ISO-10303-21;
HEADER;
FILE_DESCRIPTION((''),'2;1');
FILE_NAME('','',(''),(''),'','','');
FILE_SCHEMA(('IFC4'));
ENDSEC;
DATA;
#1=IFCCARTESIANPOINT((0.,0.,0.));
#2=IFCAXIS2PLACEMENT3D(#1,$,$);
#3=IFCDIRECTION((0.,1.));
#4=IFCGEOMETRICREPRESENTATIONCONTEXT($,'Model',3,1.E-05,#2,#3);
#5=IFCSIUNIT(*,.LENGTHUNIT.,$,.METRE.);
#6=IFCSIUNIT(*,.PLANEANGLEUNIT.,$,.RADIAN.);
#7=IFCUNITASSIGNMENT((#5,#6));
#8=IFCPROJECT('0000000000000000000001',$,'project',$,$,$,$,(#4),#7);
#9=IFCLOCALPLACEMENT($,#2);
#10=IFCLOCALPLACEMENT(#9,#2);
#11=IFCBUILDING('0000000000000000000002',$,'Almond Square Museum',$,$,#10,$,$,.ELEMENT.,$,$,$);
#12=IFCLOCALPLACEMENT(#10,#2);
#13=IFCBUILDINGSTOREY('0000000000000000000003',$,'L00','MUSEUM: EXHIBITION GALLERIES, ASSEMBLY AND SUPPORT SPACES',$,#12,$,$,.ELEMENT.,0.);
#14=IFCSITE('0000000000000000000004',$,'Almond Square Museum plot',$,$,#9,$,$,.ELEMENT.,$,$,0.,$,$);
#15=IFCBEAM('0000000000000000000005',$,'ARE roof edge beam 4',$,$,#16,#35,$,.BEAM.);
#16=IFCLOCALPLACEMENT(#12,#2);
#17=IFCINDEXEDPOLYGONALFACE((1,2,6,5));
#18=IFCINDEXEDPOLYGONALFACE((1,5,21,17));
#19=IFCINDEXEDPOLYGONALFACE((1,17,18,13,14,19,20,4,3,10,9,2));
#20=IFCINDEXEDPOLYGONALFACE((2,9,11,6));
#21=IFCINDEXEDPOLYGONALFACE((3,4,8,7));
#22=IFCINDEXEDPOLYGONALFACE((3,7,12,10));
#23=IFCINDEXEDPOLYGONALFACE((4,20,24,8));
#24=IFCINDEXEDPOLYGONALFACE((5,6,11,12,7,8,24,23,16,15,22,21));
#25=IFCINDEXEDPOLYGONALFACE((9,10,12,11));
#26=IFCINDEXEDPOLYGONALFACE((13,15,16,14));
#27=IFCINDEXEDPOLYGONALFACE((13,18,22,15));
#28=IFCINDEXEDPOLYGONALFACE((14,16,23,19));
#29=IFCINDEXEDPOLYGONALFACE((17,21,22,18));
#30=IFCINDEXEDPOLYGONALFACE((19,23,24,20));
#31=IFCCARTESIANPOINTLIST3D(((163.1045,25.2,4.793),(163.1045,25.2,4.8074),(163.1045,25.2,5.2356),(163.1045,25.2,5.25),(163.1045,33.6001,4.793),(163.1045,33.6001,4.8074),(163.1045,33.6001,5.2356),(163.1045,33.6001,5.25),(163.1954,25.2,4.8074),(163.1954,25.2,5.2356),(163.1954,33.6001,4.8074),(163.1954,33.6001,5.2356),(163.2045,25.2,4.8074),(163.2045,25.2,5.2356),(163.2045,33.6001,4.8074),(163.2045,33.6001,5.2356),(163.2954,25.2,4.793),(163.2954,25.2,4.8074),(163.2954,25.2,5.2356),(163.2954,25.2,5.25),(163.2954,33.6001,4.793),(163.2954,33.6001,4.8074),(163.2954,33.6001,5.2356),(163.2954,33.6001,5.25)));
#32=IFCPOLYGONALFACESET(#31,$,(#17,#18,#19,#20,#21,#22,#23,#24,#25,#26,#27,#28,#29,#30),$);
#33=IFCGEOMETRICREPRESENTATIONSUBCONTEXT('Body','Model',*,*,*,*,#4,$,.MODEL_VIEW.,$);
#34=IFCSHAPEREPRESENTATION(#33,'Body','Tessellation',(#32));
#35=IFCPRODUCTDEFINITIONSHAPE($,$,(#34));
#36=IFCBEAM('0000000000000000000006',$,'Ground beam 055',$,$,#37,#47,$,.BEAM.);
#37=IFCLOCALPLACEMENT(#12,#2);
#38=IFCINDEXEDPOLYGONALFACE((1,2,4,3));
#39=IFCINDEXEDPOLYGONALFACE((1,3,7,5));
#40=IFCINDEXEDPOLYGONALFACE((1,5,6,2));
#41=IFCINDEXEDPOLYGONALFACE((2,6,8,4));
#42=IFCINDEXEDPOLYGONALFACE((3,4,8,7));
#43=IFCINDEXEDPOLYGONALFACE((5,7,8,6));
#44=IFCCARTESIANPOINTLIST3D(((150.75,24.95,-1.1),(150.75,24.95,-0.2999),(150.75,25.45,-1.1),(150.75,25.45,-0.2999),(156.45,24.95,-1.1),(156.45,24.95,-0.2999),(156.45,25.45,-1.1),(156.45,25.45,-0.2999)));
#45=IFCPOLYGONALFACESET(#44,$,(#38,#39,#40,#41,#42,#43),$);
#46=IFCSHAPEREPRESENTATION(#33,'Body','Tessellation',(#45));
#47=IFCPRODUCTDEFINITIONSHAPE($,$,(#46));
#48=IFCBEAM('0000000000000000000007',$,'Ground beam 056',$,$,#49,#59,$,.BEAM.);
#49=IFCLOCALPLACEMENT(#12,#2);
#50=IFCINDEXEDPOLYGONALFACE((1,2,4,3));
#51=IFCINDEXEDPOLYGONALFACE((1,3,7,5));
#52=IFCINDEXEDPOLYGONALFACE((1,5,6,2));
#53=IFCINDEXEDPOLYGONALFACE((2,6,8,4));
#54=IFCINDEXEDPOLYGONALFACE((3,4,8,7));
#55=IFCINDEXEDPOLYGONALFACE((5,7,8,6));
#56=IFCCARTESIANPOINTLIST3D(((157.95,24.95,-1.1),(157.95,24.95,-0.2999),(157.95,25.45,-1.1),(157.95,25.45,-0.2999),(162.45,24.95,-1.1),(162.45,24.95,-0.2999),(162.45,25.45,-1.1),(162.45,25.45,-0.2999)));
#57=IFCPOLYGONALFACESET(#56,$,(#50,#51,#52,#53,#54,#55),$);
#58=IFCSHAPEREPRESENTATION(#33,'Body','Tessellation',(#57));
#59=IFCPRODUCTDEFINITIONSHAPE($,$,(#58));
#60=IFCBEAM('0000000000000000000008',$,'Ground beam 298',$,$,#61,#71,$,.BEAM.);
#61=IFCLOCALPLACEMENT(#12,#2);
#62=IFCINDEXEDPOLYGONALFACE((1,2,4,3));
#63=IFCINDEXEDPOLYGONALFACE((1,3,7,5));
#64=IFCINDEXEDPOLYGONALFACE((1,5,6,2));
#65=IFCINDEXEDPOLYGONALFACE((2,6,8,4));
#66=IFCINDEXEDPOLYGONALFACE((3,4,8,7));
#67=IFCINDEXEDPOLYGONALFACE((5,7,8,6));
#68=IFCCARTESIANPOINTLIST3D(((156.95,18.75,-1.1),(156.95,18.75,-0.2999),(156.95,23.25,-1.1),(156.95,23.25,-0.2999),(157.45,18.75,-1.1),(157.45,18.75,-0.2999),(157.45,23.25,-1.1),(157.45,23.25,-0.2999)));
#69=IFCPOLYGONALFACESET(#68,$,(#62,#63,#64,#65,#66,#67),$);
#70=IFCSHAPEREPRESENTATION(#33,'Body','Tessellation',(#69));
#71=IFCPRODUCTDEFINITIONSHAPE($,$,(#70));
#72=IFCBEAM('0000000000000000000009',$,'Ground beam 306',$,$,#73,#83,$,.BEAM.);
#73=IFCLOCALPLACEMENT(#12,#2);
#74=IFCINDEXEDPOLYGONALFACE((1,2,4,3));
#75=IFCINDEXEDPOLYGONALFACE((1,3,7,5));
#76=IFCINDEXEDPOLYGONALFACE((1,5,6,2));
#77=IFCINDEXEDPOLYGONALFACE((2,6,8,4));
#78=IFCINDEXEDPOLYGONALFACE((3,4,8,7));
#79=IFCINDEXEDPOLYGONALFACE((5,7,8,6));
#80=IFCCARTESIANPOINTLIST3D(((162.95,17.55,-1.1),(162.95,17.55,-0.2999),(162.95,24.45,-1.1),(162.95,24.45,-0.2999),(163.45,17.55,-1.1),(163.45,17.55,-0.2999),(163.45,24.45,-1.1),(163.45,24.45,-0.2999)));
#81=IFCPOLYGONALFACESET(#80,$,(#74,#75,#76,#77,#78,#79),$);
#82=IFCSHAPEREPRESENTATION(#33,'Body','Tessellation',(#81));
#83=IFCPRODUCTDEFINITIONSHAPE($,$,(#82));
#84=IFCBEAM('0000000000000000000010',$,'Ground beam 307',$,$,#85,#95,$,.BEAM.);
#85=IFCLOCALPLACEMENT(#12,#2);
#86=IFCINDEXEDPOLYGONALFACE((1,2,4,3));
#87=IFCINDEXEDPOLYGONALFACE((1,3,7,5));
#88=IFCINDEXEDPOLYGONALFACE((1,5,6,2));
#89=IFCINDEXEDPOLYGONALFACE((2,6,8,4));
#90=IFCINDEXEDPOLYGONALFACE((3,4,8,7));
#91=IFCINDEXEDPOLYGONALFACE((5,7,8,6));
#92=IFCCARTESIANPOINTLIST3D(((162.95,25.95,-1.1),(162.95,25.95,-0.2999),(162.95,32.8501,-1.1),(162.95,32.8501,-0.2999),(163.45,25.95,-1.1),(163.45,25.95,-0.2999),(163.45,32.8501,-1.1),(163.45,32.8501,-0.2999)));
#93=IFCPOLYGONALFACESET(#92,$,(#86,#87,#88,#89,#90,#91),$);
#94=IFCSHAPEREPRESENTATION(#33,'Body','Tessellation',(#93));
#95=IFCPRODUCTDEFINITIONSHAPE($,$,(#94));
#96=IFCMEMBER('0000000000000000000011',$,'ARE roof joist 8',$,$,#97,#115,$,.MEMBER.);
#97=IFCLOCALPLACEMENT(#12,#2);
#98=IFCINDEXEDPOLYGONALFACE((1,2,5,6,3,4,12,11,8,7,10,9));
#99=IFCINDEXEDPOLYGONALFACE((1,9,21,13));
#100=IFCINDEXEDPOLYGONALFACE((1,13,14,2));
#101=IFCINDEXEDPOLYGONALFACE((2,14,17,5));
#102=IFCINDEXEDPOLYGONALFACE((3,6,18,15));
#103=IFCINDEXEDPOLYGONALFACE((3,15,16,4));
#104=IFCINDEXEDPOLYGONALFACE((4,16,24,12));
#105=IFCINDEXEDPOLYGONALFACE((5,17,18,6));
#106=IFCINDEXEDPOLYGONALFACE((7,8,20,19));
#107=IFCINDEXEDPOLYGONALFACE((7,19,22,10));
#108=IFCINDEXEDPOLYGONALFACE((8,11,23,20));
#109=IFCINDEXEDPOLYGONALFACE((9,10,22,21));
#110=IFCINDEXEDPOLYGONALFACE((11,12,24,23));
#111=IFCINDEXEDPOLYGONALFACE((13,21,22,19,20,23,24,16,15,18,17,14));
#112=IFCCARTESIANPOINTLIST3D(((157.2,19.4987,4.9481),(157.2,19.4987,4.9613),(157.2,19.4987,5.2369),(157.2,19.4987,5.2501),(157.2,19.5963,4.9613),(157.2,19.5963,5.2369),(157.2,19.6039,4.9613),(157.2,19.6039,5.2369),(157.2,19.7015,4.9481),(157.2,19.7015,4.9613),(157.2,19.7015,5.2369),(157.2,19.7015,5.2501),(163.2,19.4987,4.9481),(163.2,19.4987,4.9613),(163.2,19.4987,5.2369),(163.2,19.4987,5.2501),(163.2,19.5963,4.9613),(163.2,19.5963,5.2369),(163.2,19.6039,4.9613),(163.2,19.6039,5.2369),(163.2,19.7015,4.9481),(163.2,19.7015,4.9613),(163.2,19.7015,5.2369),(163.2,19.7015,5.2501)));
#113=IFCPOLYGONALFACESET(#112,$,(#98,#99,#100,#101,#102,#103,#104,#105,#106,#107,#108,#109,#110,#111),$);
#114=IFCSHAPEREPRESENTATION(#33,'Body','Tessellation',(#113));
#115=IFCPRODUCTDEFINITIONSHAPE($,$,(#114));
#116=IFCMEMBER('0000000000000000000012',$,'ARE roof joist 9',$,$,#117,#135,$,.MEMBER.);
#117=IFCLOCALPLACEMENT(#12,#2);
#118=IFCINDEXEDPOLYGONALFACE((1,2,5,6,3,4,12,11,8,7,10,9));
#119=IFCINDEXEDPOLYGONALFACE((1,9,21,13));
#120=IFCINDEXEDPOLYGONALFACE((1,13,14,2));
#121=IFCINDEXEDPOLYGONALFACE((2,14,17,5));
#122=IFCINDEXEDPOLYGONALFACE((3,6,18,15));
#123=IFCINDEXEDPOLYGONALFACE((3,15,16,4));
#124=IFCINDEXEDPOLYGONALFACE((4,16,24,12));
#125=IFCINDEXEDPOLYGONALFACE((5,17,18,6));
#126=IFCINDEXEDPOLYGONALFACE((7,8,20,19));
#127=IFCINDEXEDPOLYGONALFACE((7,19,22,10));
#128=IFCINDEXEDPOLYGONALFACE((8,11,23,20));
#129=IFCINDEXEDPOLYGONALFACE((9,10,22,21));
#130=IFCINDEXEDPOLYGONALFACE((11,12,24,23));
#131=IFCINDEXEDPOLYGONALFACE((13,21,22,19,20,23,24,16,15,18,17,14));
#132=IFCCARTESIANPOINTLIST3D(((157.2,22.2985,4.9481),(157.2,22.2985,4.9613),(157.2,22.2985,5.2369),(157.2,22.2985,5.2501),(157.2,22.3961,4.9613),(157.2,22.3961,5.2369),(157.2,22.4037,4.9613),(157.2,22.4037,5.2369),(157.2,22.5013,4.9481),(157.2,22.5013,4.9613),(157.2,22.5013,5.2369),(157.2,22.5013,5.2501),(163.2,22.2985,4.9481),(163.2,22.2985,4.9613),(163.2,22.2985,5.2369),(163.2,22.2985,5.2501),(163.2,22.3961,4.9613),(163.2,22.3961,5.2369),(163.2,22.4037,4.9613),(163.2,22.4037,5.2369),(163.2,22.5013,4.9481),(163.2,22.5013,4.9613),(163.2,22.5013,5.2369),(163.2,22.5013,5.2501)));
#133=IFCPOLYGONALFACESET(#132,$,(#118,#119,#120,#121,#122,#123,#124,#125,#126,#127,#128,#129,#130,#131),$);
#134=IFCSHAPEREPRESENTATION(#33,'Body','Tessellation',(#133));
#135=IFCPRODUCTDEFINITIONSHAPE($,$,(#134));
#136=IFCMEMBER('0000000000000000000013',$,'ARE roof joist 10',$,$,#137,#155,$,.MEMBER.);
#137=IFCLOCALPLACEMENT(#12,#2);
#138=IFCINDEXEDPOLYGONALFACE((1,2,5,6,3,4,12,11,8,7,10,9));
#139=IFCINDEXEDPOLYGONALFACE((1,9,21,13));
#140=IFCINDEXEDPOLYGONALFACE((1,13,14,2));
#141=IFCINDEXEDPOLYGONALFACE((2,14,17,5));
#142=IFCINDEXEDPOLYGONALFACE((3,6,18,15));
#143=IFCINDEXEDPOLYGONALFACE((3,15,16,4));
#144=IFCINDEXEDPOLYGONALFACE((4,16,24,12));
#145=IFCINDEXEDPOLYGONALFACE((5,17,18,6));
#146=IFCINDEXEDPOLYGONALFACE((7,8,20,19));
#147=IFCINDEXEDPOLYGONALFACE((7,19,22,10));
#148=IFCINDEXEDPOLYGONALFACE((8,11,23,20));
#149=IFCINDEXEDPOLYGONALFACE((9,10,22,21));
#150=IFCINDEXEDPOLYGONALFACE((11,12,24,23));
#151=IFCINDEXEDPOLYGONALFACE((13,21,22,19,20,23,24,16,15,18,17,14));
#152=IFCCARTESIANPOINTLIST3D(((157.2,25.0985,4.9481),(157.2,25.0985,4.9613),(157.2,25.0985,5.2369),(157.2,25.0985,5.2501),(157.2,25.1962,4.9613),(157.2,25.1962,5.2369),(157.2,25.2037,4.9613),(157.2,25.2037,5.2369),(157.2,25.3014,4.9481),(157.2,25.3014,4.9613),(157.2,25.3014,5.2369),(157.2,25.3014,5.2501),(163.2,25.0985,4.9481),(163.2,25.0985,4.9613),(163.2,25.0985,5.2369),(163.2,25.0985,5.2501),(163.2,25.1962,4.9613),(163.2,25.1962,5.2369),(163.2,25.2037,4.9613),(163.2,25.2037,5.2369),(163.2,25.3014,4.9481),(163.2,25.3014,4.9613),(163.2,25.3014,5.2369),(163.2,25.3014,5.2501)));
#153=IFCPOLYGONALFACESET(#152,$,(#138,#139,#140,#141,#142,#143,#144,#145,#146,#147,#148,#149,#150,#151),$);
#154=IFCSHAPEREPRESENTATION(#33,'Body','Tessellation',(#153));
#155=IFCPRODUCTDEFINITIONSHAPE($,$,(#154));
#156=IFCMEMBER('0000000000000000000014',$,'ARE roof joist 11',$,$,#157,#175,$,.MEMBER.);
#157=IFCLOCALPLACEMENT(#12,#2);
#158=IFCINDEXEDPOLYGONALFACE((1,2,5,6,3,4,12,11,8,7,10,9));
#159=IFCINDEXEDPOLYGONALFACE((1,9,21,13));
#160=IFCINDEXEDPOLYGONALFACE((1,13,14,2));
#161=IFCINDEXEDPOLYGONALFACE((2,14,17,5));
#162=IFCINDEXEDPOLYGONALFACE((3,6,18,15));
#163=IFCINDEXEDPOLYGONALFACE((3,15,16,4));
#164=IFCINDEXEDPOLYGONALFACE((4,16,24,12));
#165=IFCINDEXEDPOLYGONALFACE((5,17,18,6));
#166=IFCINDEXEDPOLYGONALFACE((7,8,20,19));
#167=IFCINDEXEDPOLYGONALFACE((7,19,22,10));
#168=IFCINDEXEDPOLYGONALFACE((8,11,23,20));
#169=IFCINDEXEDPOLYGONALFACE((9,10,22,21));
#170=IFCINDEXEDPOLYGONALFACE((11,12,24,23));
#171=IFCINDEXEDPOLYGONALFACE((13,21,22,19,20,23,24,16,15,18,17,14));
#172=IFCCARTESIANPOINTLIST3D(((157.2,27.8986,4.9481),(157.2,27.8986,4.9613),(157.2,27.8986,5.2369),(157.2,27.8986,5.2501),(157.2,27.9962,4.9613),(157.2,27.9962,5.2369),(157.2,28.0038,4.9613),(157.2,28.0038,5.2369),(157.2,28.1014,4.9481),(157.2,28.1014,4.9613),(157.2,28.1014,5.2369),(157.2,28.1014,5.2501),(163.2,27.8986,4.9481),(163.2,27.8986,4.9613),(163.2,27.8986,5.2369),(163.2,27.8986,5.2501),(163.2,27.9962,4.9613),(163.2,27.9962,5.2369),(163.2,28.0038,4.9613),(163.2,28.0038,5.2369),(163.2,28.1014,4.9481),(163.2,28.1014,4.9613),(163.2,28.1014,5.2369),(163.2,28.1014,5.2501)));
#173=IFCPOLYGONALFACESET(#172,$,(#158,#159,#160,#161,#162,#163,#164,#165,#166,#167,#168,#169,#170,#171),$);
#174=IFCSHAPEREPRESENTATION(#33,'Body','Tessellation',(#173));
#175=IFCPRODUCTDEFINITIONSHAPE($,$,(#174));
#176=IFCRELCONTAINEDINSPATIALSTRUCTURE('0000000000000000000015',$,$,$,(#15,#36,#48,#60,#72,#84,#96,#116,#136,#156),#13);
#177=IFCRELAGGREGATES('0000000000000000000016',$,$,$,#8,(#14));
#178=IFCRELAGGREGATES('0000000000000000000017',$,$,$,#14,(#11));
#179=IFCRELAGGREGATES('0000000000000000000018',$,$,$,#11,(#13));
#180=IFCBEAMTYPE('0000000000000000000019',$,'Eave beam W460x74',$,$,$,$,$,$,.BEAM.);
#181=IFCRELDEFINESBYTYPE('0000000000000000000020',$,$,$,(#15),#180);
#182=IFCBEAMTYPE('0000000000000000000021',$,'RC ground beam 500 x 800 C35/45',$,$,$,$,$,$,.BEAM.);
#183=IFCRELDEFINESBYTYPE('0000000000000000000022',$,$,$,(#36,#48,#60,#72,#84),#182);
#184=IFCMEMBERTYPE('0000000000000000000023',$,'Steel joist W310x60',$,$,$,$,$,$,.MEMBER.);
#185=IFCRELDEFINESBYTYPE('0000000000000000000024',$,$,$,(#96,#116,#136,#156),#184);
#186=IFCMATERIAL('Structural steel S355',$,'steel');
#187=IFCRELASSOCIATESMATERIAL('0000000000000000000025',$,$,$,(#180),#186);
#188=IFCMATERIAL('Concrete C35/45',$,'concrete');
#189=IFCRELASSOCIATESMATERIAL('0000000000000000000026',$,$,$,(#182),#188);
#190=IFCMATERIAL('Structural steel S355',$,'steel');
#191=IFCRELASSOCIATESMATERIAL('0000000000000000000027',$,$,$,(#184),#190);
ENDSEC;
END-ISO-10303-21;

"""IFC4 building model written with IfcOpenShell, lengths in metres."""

from ifc_helpers import new_model, si_unit, direction, frame, origin, origin_2d, place, context, subcontext, project, spatial, rectangle, i_section, extrude, material, material_profile, profile_set, type_object, element, save


model = new_model("IFC4")

# Units and contexts
model_context = context("Model", 3, precision=1e-05, world=origin(), true_north=direction((0.0, 1.0)))
body_context = subcontext(model_context, "Body", "Model", "MODEL_VIEW")
ifc_project = project(units=[si_unit("LENGTHUNIT", "METRE"), si_unit("PLANEANGLEUNIT", "RADIAN")], contexts=[model_context])

# Site, building, storey
site_placement = place(None, origin())
site = spatial("IfcSite", under=ifc_project, at=site_placement, Name="Almond Square Museum plot", CompositionType="ELEMENT", RefElevation=0.0)
building_placement = place(site_placement, origin())
building = spatial("IfcBuilding", under=site, at=building_placement, Name="Almond Square Museum", CompositionType="ELEMENT")
storey_placement = place(building_placement, origin())
storey = spatial("IfcBuildingStorey", under=building, at=storey_placement, Name="L00", Description="MUSEUM: EXHIBITION GALLERIES, ASSEMBLY AND SUPPORT SPACES", CompositionType="ELEMENT", Elevation=0.0)

# Beams
ifc_material_1 = material(Name="Structural steel S355", Category="steel")
ifc_material_profile_1 = material_profile(ifc_material_1, i_section(OverallWidth=0.1909, OverallDepth=0.457, WebThickness=0.009, FlangeThickness=0.0144, at=origin_2d()))
ifc_profile_set_1 = profile_set([ifc_material_profile_1], Name="Structural steel S355")
beam_type_1 = type_object("IfcBeamType", Name="Eave beam W460x74", PredefinedType="BEAM", material=ifc_profile_set_1)
beam_1_placement = place(storey_placement, frame((163.2, 25.2, 5.0215), z_axis=(0.0, 1.0, 0.0), x_axis=(-1.0, 0.0, 0.0)))
element("IfcBeam", 1, at=beam_1_placement, inside=storey, type_object=beam_type_1, Name="ARE roof edge beam 4", PredefinedType="BEAM", context=body_context, shape_type="SweptSolid", body=[
    extrude(i_section(OverallWidth=0.1909, OverallDepth=0.457, WebThickness=0.009, FlangeThickness=0.0144, at=origin_2d()), origin(), (0.0, 0.0, 1.0), 8.4001),
])
ifc_material_2 = material(Name="Concrete C35/45", Category="concrete")
ifc_material_profile_2 = material_profile(ifc_material_2, rectangle(XDim=0.5, YDim=0.8, at=origin_2d()))
ifc_profile_set_2 = profile_set([ifc_material_profile_2], Name="Concrete C35/45")
beam_type_2 = type_object("IfcBeamType", Name="RC ground beam 500 x 800 C35/45", PredefinedType="BEAM", material=ifc_profile_set_2)
beam_2_placement = place(storey_placement, frame((150.75, 25.2, -0.7), z_axis=(1.0, 0.0, 0.0), x_axis=(0.0, 1.0, 0.0)))
element("IfcBeam", 2, at=beam_2_placement, inside=storey, type_object=beam_type_2, Name="Ground beam 055", PredefinedType="BEAM", context=body_context, shape_type="SweptSolid", body=[
    extrude(rectangle(XDim=0.5, YDim=0.8, at=origin_2d()), origin(), (0.0, 0.0, 1.0), 5.7),
])
for number, where, z_axis, x_axis, name in (
    (3, (157.95, 25.2, -0.7), (1.0, 0.0, 0.0), (0.0, 1.0, 0.0), "Ground beam 056"),
    (4, (157.2, 18.75, -0.7), (0.0, 1.0, 0.0), (-1.0, 0.0, 0.0), "Ground beam 298"),
):
    element("IfcBeam", number, at=place(storey_placement, frame(where, z_axis=z_axis, x_axis=x_axis)), inside=storey, type_object=beam_type_2, Name=name, PredefinedType="BEAM", context=body_context, shape_type="SweptSolid", body=[
        extrude(rectangle(XDim=0.5, YDim=0.8, at=origin_2d()), origin(), (0.0, 0.0, 1.0), 4.5),
    ])
beam_3_placement = place(storey_placement, frame((163.2, 17.55, -0.7), z_axis=(0.0, 1.0, 0.0), x_axis=(-1.0, 0.0, 0.0)))
element("IfcBeam", 5, at=beam_3_placement, inside=storey, type_object=beam_type_2, Name="Ground beam 306", PredefinedType="BEAM", context=body_context, shape_type="SweptSolid", body=[
    extrude(rectangle(XDim=0.5, YDim=0.8, at=origin_2d()), origin(), (0.0, 0.0, 1.0), 6.8999),
])
beam_4_placement = place(storey_placement, frame((163.2, 25.95, -0.7), z_axis=(0.0, 1.0, 0.0), x_axis=(-1.0, 0.0, 0.0)))
element("IfcBeam", 6, at=beam_4_placement, inside=storey, type_object=beam_type_2, Name="Ground beam 307", PredefinedType="BEAM", context=body_context, shape_type="SweptSolid", body=[
    extrude(rectangle(XDim=0.5, YDim=0.8, at=origin_2d()), origin(), (0.0, 0.0, 1.0), 6.9001),
])

# Members
ifc_material_3 = material(Name="Structural steel S355", Category="steel")
ifc_material_profile_3 = material_profile(ifc_material_3, i_section(OverallWidth=0.2029, OverallDepth=0.302, WebThickness=0.0076, FlangeThickness=0.0132, at=origin_2d()))
ifc_profile_set_3 = profile_set([ifc_material_profile_3], Name="Structural steel S355")
member_type = type_object("IfcMemberType", Name="Steel joist W310x60", PredefinedType="MEMBER", material=ifc_profile_set_3)
for number, where, z_axis, x_axis, name in (
    (7, (157.2, 19.6001, 5.0991), (1.0, 0.0, 0.0), (0.0, 1.0, 0.0), "ARE roof joist 8"),
    (8, (157.2, 22.3999, 5.0991), (1.0, 0.0, 0.0), (0.0, 1.0, 0.0), "ARE roof joist 9"),
    (9, (157.2, 25.2, 5.0991), (1.0, 0.0, 0.0), (0.0, 1.0, 0.0), "ARE roof joist 10"),
    (10, (157.2, 28.0, 5.0991), (1.0, 0.0, 0.0), (0.0, 1.0, 0.0), "ARE roof joist 11"),
):
    element("IfcMember", number, at=place(storey_placement, frame(where, z_axis=z_axis, x_axis=x_axis)), inside=storey, type_object=member_type, Name=name, PredefinedType="MEMBER", context=body_context, shape_type="SweptSolid", body=[
        extrude(i_section(OverallWidth=0.2029, OverallDepth=0.302, WebThickness=0.0076, FlangeThickness=0.0132, at=origin_2d()), origin(), (0.0, 0.0, 1.0), 6.0),
    ])

save(model, "model.ifc")
